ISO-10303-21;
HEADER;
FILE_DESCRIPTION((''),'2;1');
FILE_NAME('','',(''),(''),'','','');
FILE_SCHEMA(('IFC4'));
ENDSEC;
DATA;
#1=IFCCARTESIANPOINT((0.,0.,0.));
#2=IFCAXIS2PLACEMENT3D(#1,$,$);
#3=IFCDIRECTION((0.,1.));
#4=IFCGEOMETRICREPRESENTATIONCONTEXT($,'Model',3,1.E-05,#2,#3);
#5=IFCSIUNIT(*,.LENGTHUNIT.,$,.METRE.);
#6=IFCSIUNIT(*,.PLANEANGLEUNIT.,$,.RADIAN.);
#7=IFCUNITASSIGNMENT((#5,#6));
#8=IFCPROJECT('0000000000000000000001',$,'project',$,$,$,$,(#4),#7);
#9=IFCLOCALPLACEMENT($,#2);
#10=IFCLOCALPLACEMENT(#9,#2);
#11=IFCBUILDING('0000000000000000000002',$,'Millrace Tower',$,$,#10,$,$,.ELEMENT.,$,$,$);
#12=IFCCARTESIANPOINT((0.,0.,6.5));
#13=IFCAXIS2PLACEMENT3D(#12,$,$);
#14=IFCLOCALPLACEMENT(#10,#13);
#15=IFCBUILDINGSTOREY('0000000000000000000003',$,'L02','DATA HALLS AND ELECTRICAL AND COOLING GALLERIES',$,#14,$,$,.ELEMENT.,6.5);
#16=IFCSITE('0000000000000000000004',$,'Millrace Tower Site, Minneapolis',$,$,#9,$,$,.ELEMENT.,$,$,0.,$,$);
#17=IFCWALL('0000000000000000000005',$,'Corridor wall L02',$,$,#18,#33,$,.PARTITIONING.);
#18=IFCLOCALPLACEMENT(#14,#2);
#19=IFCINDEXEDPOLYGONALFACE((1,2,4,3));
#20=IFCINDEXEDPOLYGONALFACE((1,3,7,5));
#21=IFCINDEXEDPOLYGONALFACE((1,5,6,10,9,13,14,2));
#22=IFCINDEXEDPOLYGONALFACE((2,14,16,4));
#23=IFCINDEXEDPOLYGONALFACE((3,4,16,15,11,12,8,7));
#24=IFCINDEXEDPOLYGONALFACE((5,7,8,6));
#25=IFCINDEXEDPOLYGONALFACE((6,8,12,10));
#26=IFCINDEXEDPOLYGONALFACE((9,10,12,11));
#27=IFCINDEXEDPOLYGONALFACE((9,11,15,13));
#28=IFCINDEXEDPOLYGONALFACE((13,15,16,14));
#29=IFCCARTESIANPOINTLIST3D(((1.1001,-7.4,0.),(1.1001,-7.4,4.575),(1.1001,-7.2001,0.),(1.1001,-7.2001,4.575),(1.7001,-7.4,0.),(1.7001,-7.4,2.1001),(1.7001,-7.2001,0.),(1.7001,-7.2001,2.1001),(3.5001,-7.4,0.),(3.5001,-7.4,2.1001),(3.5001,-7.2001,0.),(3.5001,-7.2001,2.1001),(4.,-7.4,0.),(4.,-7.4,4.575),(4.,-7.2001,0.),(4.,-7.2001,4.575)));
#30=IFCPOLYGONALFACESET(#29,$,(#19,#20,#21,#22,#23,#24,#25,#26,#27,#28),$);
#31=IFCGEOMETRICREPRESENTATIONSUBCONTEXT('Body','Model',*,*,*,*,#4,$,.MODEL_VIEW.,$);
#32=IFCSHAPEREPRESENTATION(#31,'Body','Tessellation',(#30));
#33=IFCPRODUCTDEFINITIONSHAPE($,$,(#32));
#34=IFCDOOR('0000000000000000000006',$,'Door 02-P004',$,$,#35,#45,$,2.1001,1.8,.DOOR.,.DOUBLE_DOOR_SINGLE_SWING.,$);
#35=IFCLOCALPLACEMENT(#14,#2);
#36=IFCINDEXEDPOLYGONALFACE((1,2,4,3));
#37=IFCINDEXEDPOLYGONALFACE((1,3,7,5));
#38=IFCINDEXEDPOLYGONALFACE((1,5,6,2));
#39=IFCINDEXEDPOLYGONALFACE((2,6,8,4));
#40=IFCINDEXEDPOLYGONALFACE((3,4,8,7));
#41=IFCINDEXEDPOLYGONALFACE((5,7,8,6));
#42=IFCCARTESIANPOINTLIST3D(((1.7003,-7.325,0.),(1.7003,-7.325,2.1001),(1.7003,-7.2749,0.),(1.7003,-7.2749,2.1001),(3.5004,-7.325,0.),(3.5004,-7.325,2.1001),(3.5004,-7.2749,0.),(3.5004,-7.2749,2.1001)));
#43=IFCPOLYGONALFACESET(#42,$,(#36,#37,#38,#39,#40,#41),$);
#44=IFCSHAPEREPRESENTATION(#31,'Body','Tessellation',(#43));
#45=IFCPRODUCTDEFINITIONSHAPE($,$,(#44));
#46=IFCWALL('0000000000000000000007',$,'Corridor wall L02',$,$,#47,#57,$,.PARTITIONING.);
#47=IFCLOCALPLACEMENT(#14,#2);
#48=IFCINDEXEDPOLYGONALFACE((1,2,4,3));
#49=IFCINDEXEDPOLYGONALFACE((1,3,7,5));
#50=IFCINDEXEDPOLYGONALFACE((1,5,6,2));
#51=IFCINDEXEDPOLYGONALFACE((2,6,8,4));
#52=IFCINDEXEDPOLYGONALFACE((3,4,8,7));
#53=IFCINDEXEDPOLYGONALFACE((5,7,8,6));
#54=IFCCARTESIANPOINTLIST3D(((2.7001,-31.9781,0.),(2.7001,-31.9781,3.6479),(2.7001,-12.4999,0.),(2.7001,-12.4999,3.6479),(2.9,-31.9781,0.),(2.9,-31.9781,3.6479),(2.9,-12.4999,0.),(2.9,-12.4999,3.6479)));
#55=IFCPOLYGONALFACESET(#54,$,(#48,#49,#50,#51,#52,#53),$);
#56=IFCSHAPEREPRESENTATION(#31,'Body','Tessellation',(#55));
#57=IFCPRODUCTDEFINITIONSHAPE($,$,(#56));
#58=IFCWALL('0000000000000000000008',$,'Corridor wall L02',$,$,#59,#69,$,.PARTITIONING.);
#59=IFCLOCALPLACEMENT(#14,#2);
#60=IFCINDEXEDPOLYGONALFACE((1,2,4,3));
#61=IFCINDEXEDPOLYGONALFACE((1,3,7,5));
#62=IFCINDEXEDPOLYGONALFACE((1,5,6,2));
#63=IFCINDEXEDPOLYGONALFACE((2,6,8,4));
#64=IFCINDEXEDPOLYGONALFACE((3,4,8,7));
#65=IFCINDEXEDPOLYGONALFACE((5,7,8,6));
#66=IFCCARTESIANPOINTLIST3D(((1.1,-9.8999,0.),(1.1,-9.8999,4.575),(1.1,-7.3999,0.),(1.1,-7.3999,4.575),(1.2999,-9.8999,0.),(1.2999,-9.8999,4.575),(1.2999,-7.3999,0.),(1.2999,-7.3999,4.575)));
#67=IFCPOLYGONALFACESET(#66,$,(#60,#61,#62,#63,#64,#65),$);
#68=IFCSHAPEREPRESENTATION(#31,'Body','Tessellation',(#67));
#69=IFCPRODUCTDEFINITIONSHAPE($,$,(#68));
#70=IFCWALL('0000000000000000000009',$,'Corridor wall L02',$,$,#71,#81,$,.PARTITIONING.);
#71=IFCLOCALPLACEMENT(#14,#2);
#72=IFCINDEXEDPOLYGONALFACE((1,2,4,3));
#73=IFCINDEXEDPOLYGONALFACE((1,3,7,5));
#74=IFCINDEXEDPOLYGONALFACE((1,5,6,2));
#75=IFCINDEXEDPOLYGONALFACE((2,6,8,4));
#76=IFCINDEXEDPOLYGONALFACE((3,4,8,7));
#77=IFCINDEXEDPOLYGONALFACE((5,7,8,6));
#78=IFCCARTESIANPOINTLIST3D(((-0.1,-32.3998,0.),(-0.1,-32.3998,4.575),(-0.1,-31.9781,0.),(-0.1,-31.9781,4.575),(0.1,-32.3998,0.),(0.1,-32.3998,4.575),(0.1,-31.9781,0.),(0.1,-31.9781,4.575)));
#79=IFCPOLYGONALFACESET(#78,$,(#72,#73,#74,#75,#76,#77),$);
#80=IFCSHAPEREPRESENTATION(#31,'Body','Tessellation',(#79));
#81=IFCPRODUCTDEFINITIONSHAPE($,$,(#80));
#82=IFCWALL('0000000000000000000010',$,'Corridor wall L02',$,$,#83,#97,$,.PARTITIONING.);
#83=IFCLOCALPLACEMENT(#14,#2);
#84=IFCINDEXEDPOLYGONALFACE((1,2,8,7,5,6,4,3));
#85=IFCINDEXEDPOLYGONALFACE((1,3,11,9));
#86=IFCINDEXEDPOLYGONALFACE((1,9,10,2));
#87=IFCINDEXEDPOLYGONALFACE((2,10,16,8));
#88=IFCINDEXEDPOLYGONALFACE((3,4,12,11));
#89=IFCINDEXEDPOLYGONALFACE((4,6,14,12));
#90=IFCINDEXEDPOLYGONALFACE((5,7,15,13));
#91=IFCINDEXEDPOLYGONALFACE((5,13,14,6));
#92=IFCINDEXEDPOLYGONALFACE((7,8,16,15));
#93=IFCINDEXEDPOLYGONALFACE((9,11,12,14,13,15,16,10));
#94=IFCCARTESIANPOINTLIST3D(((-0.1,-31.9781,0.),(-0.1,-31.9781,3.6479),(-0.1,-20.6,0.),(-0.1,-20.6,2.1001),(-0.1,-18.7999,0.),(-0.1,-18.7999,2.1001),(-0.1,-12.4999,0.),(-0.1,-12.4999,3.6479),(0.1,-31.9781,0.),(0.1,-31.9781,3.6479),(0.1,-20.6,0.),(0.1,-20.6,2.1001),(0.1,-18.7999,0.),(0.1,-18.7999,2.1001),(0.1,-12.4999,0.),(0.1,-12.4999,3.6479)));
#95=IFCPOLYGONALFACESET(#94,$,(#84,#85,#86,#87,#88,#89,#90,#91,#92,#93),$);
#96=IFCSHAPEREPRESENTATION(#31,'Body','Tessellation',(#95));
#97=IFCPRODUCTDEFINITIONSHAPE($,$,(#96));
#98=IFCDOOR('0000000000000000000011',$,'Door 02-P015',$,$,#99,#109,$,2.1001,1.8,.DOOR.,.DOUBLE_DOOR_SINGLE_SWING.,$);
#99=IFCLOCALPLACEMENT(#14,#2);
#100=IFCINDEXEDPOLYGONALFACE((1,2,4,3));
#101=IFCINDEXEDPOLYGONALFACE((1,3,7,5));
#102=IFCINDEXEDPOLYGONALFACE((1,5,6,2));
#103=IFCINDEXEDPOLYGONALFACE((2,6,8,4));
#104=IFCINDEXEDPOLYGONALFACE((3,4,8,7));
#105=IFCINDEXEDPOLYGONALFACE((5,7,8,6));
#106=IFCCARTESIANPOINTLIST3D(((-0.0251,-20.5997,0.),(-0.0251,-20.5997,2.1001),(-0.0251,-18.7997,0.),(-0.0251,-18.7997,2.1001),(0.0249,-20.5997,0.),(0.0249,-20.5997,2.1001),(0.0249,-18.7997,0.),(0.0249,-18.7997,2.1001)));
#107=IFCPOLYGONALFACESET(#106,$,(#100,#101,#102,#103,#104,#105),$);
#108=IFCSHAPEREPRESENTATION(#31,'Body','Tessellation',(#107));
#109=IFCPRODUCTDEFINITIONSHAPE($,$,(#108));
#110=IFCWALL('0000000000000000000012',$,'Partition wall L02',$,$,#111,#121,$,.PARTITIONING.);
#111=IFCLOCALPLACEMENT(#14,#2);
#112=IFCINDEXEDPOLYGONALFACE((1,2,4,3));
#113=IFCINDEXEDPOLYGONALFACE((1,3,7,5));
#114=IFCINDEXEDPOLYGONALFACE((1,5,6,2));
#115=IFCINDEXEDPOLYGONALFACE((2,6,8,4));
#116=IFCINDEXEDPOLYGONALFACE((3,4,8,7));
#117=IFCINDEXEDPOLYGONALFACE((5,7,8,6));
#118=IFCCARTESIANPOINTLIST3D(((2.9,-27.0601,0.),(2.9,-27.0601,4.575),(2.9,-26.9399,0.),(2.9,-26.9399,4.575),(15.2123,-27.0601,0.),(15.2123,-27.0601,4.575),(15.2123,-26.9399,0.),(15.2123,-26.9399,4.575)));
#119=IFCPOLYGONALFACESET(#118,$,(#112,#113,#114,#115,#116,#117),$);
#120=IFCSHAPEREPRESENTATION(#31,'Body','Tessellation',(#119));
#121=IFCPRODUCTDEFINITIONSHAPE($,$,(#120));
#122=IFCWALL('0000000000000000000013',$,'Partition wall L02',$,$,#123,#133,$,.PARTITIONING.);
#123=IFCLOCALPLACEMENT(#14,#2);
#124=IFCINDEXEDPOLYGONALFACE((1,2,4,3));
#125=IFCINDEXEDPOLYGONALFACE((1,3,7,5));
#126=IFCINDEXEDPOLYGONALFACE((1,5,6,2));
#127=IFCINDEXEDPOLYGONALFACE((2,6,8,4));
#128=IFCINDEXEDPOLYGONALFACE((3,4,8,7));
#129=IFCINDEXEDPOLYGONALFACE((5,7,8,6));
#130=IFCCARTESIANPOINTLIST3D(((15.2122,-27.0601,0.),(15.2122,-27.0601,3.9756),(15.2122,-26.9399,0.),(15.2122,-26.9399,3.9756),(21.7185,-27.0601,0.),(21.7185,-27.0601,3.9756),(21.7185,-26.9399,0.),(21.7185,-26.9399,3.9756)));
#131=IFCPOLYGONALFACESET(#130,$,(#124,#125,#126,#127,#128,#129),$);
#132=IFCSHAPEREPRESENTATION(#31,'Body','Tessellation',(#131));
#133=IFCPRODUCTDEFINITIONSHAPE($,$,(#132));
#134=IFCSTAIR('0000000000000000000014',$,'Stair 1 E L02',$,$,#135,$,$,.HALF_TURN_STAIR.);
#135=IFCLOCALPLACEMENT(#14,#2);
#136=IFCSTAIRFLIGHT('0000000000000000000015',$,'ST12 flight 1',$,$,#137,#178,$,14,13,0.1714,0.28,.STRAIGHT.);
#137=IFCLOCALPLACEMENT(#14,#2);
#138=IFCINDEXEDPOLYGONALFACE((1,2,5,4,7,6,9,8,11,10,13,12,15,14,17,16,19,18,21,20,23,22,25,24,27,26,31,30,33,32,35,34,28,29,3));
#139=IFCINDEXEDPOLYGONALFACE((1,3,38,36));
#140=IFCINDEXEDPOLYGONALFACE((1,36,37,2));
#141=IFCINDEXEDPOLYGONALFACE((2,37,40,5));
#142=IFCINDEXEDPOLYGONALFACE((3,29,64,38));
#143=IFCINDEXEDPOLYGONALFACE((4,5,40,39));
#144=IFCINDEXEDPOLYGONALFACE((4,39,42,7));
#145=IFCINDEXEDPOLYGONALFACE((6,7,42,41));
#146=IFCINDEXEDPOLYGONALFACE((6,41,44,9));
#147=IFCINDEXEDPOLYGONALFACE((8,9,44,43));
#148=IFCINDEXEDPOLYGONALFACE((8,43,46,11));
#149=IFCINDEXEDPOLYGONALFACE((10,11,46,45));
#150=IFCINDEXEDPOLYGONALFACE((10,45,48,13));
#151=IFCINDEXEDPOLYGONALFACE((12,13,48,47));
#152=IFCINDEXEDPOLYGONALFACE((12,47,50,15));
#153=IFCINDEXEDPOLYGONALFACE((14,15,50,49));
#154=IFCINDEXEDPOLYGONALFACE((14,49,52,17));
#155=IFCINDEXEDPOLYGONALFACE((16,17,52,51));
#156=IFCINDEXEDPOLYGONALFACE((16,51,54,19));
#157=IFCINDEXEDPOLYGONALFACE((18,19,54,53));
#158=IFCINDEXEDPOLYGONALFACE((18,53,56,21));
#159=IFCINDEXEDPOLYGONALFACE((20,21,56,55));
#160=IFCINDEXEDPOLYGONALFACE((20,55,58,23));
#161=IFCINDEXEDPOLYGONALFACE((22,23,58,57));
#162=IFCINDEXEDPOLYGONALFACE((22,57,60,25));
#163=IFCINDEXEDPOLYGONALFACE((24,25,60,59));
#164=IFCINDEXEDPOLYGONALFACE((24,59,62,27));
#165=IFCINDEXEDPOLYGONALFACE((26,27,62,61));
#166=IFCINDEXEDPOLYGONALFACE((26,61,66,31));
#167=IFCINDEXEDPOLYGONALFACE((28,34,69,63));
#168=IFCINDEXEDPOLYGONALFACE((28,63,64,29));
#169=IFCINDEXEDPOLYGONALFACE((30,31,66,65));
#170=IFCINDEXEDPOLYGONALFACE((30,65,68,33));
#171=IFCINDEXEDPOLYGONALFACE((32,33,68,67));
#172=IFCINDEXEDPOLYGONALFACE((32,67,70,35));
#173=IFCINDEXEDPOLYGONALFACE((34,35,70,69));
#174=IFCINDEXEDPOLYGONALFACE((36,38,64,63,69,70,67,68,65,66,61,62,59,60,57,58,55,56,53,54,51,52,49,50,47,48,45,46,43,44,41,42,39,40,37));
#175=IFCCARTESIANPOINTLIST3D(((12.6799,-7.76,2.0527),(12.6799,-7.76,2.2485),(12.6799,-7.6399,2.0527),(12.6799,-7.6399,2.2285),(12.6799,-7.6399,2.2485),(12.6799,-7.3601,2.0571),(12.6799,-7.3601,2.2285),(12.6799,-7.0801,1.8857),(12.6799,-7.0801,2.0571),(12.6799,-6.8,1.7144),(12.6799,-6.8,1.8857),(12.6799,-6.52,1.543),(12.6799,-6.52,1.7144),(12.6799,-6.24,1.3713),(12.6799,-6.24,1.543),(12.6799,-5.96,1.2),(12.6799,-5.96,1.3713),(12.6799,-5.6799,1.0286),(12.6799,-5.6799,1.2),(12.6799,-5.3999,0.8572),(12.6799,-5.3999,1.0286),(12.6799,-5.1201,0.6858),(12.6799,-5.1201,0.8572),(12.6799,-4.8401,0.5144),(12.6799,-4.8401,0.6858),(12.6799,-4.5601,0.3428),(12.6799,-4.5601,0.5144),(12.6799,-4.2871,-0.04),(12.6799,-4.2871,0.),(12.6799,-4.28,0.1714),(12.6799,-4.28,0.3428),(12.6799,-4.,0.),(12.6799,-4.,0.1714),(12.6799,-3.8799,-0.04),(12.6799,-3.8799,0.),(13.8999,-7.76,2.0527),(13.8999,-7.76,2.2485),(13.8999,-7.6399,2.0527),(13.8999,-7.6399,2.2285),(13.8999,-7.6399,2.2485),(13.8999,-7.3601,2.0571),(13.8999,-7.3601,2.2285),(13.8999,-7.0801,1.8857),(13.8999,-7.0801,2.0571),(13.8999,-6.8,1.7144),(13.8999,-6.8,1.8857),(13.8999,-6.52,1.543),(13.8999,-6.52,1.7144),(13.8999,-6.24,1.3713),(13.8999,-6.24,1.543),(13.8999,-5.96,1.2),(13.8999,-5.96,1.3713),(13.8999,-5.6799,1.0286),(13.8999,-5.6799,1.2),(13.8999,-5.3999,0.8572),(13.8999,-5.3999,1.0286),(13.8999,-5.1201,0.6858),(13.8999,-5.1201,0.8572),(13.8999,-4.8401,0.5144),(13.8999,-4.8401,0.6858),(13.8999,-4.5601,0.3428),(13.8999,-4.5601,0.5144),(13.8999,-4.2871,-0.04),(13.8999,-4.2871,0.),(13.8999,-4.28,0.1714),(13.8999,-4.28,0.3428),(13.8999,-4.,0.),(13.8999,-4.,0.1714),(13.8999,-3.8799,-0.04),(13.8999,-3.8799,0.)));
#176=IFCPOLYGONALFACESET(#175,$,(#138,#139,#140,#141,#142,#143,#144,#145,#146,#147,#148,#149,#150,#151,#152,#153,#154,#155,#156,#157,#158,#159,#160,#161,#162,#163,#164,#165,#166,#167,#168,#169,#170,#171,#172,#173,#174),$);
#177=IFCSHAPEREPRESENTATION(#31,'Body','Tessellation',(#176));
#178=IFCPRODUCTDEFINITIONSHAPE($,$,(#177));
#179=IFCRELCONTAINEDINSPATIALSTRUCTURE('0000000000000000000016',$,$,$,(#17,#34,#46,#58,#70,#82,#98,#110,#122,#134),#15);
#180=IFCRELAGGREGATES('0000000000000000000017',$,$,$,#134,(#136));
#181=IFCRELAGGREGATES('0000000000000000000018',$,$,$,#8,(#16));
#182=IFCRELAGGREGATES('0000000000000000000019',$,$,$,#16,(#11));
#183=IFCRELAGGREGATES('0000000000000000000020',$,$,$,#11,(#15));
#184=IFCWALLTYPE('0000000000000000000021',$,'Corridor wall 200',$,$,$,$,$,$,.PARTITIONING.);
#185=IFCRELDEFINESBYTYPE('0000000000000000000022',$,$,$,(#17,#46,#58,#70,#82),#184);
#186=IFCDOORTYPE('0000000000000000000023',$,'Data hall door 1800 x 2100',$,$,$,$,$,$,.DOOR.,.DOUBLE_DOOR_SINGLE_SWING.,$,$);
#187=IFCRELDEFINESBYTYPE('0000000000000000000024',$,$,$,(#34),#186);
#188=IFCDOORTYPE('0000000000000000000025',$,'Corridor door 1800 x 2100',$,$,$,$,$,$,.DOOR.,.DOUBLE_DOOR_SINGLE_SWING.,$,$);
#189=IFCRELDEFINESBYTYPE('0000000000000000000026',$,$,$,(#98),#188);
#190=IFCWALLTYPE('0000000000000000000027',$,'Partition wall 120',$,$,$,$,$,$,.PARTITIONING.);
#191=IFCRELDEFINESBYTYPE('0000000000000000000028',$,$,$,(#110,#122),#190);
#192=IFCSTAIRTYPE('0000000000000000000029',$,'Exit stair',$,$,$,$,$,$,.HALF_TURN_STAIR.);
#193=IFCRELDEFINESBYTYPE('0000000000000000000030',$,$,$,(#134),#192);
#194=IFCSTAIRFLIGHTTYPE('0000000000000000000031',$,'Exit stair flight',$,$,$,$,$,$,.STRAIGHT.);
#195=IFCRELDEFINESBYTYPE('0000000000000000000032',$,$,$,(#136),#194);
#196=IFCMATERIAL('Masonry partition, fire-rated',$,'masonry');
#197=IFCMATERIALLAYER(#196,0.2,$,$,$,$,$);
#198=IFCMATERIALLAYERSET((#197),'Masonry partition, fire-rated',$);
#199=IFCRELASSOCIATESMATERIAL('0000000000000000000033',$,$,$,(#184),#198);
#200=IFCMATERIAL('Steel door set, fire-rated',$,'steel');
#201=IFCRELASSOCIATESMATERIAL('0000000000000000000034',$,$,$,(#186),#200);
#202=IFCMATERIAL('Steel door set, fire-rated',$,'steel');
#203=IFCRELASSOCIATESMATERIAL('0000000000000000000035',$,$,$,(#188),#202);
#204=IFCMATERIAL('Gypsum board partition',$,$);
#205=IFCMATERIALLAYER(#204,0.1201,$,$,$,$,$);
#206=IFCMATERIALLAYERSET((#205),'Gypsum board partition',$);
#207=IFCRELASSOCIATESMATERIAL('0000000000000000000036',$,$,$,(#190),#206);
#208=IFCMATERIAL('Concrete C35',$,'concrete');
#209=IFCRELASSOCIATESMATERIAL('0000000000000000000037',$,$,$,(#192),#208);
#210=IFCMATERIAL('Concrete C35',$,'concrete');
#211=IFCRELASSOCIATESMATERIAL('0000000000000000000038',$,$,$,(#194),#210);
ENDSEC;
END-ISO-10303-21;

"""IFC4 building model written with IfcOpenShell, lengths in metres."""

from ifc_helpers import new_model, si_unit, direction, frame, frame_2d, origin, place, context, subcontext, project, spatial, polyline, rectangle, outline, extrude, material, layer, layer_set, type_object, element, fill, aggregate, save


model = new_model("IFC4")

# Units and contexts
model_context = context("Model", 3, precision=1e-05, world=origin(), true_north=direction((0.0, 1.0)))
body_context = subcontext(model_context, "Body", "Model", "MODEL_VIEW")
ifc_project = project(units=[si_unit("LENGTHUNIT", "METRE"), si_unit("PLANEANGLEUNIT", "RADIAN")], contexts=[model_context])

# Site, building, storey
site_placement = place(None, origin())
site = spatial("IfcSite", under=ifc_project, at=site_placement, Name="Millrace Tower Site, Minneapolis", CompositionType="ELEMENT", RefElevation=0.0)
building_placement = place(site_placement, origin())
building = spatial("IfcBuilding", under=site, at=building_placement, Name="Millrace Tower", CompositionType="ELEMENT")
storey_placement = place(building_placement, frame((0.0, 0.0, 6.5)))
storey = spatial("IfcBuildingStorey", under=building, at=storey_placement, Name="L02", Description="DATA HALLS AND ELECTRICAL AND COOLING GALLERIES", CompositionType="ELEMENT", Elevation=6.5)

# Shared definitions
ifc_material_1 = material(Name="Masonry partition, fire-rated", Category="masonry")
ifc_layer_1 = layer(ifc_material_1, 0.2)
ifc_layer_set_1 = layer_set([ifc_layer_1], Name="Masonry partition, fire-rated")
wall_type_1 = type_object("IfcWallType", Name="Corridor wall 200", PredefinedType="PARTITIONING", material=ifc_layer_set_1)

# Wall, opening, door
wall_1_placement = place(storey_placement, frame((1.1001, -7.3, 0.0), z_axis=(0.0, 0.0, 1.0), x_axis=(1.0, 0.0, 0.0)))
wall_1 = element("IfcWall", 1, at=wall_1_placement, inside=storey, type_object=wall_type_1, Name="Corridor wall L02", PredefinedType="PARTITIONING", context=body_context, shape_type="SweptSolid", body=[
    extrude(rectangle(XDim=2.8999, YDim=0.2, at=frame_2d((1.45, 0.0))), origin(), (0.0, 0.0, 1.0), 4.575),
])
opening_1_placement = place(wall_1_placement, frame((0.6001, 0.0, 0.0)))
opening_1 = element("IfcOpeningElement", 2, at=opening_1_placement, cuts=wall_1, PredefinedType="OPENING", context=body_context, shape_type="SweptSolid", body=[
    extrude(rectangle(XDim=1.8, YDim=2.1001, at=frame_2d((0.8999, 1.05))), frame((0.0, 0.1099, 0.0), z_axis=(0.0, -1.0, 0.0), x_axis=(1.0, 0.0, 0.0)), (0.0, 0.0, 1.0), 0.22),
])
ifc_material_2 = material(Name="Steel door set, fire-rated", Category="steel")
door_type_1 = type_object("IfcDoorType", Name="Data hall door 1800 x 2100", OperationType="DOUBLE_DOOR_SINGLE_SWING", PredefinedType="DOOR", material=ifc_material_2)
door_1_placement = place(opening_1_placement, frame((1.8, 0.0, 0.0), z_axis=(0.0, 0.0, 1.0), x_axis=(-1.0, 0.0, 0.0)))
door_1 = element("IfcDoor", 3, at=door_1_placement, inside=storey, type_object=door_type_1, Name="Door 02-P004", OperationType="DOUBLE_DOOR_SINGLE_SWING", OverallHeight=2.1001, OverallWidth=1.8, PredefinedType="DOOR", context=body_context, shape_type="SweptSolid", body=[
    extrude(rectangle(XDim=1.8, YDim=2.1001, at=frame_2d((0.8999, 1.05))), frame((0.0, 0.0249, 0.0), z_axis=(0.0, -1.0, 0.0), x_axis=(1.0, 0.0, 0.0)), (0.0, 0.0, 1.0), 0.05),
])
fill(opening_1, door_1)

# Walls
wall_2_placement = place(storey_placement, frame((2.8, -31.9783, 0.0), z_axis=(0.0, 0.0, 1.0), x_axis=(0.0, 1.0, 0.0)))
element("IfcWall", 4, at=wall_2_placement, inside=storey, type_object=wall_type_1, Name="Corridor wall L02", PredefinedType="PARTITIONING", context=body_context, shape_type="SweptSolid", body=[
    extrude(rectangle(XDim=19.4783, YDim=0.2, at=frame_2d((9.7393, 0.0))), origin(), (0.0, 0.0, 1.0), 3.6479),
])
wall_3_placement = place(storey_placement, frame((1.2, -9.8999, 0.0), z_axis=(0.0, 0.0, 1.0), x_axis=(0.0, 1.0, 0.0)))
element("IfcWall", 5, at=wall_3_placement, inside=storey, type_object=wall_type_1, Name="Corridor wall L02", PredefinedType="PARTITIONING", context=body_context, shape_type="SweptSolid", body=[
    extrude(rectangle(XDim=2.5, YDim=0.2, at=frame_2d((1.25, 0.0))), origin(), (0.0, 0.0, 1.0), 4.575),
])
wall_4_placement = place(storey_placement, frame((0.0, -32.3999, 0.0), z_axis=(0.0, 0.0, 1.0), x_axis=(0.0, 1.0, 0.0)))
element("IfcWall", 6, at=wall_4_placement, inside=storey, type_object=wall_type_1, Name="Corridor wall L02", PredefinedType="PARTITIONING", context=body_context, shape_type="SweptSolid", body=[
    extrude(rectangle(XDim=0.4216, YDim=0.2, at=frame_2d((0.2109, 0.0))), origin(), (0.0, 0.0, 1.0), 4.575),
])

# Wall, opening, door
wall_5_placement = place(storey_placement, frame((0.0, -31.9783, 0.0), z_axis=(0.0, 0.0, 1.0), x_axis=(0.0, 1.0, 0.0)))
wall_5 = element("IfcWall", 7, at=wall_5_placement, inside=storey, type_object=wall_type_1, Name="Corridor wall L02", PredefinedType="PARTITIONING", context=body_context, shape_type="SweptSolid", body=[
    extrude(rectangle(XDim=19.4783, YDim=0.2, at=frame_2d((9.7393, 0.0))), origin(), (0.0, 0.0, 1.0), 3.6479),
])
opening_2_placement = place(wall_5_placement, frame((11.3784, 0.0, 0.0)))
opening_2 = element("IfcOpeningElement", 8, at=opening_2_placement, cuts=wall_5, PredefinedType="OPENING", context=body_context, shape_type="SweptSolid", body=[
    extrude(rectangle(XDim=1.8, YDim=2.1001, at=frame_2d((0.8999, 1.05))), frame((0.0, 0.1099, 0.0), z_axis=(0.0, -1.0, 0.0), x_axis=(1.0, 0.0, 0.0)), (0.0, 0.0, 1.0), 0.22),
])
ifc_material_3 = material(Name="Steel door set, fire-rated", Category="steel")
door_type_2 = type_object("IfcDoorType", Name="Corridor door 1800 x 2100", OperationType="DOUBLE_DOOR_SINGLE_SWING", PredefinedType="DOOR", material=ifc_material_3)
door_2_placement = place(opening_2_placement, frame((1.8, 0.0, 0.0), z_axis=(0.0, 0.0, 1.0), x_axis=(-1.0, 0.0, 0.0)))
door_2 = element("IfcDoor", 9, at=door_2_placement, inside=storey, type_object=door_type_2, Name="Door 02-P015", OperationType="DOUBLE_DOOR_SINGLE_SWING", OverallHeight=2.1001, OverallWidth=1.8, PredefinedType="DOOR", context=body_context, shape_type="SweptSolid", body=[
    extrude(rectangle(XDim=1.8, YDim=2.1001, at=frame_2d((0.8999, 1.05))), frame((0.0, 0.0249, 0.0), z_axis=(0.0, -1.0, 0.0), x_axis=(1.0, 0.0, 0.0)), (0.0, 0.0, 1.0), 0.05),
])
fill(opening_2, door_2)

# Walls
ifc_material_4 = material(Name="Gypsum board partition")
ifc_layer_2 = layer(ifc_material_4, 0.1201)
ifc_layer_set_2 = layer_set([ifc_layer_2], Name="Gypsum board partition")
wall_type_2 = type_object("IfcWallType", Name="Partition wall 120", PredefinedType="PARTITIONING", material=ifc_layer_set_2)
wall_6_placement = place(storey_placement, frame((2.8999, -27.0, 0.0), z_axis=(0.0, 0.0, 1.0), x_axis=(1.0, 0.0, 0.0)))
element("IfcWall", 10, at=wall_6_placement, inside=storey, type_object=wall_type_2, Name="Partition wall L02", PredefinedType="PARTITIONING", context=body_context, shape_type="SweptSolid", body=[
    extrude(rectangle(XDim=12.3123, YDim=0.1201, at=frame_2d((6.1562, 0.0))), origin(), (0.0, 0.0, 1.0), 4.575),
])
wall_7_placement = place(storey_placement, frame((15.2122, -27.0, 0.0), z_axis=(0.0, 0.0, 1.0), x_axis=(1.0, 0.0, 0.0)))
element("IfcWall", 11, at=wall_7_placement, inside=storey, type_object=wall_type_2, Name="Partition wall L02", PredefinedType="PARTITIONING", context=body_context, shape_type="SweptSolid", body=[
    extrude(rectangle(XDim=6.5063, YDim=0.1201, at=frame_2d((3.2532, 0.0))), origin(), (0.0, 0.0, 1.0), 3.9756),
])

# Stair, stair flight
ifc_material_5 = material(Name="Concrete C35", Category="concrete")
stair_type = type_object("IfcStairType", Name="Exit stair", PredefinedType="HALF_TURN_STAIR", material=ifc_material_5)
placement = place(storey_placement, origin())
stair_1 = element("IfcStair", 12, at=placement, inside=storey, type_object=stair_type, Name="Stair 1 E L02", PredefinedType="HALF_TURN_STAIR")
ifc_material_6 = material(Name="Concrete C35", Category="concrete")
stair_flight_type = type_object("IfcStairFlightType", Name="Exit stair flight", PredefinedType="STRAIGHT", material=ifc_material_6)
stair_flight_1_placement = place(storey_placement, frame((13.29, -4.0, 0.0), z_axis=(0.0, 0.0, 1.0), x_axis=(0.0, -1.0, 0.0)))
stair_flight_1 = element("IfcStairFlight", 13, at=stair_flight_1_placement, type_object=stair_flight_type, Name="ST12 flight 1", NumberOfRisers=14, NumberOfTreads=13, PredefinedType="STRAIGHT", RiserHeight=0.1714, TreadLength=0.28, context=body_context, shape_type="SweptSolid", body=[
    extrude(outline(polyline([(-0.1201, -0.04), (-0.1201, 0.0), (0.0, 0.0), (0.0, 0.1714), (0.28, 0.1714), (0.28, 0.3428), (0.5601, 0.3428), (0.5601, 0.5144), (0.8401, 0.5144), (0.8401, 0.6858), (1.1201, 0.6858), (1.1201, 0.8572), (1.3999, 0.8572), (1.3999, 1.0286), (1.6799, 1.0286), (1.6799, 1.2), (1.96, 1.2), (1.96, 1.3713), (2.24, 1.3713), (2.24, 1.543), (2.52, 1.543), (2.52, 1.7144), (2.8, 1.7144), (2.8, 1.8857), (3.0801, 1.8857), (3.0801, 2.0571), (3.3601, 2.0571), (3.3601, 2.2285), (3.6399, 2.2285), (3.6399, 2.2485), (3.76, 2.2485), (3.76, 2.0527), (3.6399, 2.0527), (0.2871, 0.0), (0.2871, -0.04), (-0.1201, -0.04)])), frame((0.0, 0.6099, 0.0), z_axis=(0.0, -1.0, 0.0), x_axis=(1.0, 0.0, 0.0)), (0.0, 0.0, 1.0), 1.22),
])
aggregate(stair_1, [stair_flight_1])

save(model, "model.ifc")
